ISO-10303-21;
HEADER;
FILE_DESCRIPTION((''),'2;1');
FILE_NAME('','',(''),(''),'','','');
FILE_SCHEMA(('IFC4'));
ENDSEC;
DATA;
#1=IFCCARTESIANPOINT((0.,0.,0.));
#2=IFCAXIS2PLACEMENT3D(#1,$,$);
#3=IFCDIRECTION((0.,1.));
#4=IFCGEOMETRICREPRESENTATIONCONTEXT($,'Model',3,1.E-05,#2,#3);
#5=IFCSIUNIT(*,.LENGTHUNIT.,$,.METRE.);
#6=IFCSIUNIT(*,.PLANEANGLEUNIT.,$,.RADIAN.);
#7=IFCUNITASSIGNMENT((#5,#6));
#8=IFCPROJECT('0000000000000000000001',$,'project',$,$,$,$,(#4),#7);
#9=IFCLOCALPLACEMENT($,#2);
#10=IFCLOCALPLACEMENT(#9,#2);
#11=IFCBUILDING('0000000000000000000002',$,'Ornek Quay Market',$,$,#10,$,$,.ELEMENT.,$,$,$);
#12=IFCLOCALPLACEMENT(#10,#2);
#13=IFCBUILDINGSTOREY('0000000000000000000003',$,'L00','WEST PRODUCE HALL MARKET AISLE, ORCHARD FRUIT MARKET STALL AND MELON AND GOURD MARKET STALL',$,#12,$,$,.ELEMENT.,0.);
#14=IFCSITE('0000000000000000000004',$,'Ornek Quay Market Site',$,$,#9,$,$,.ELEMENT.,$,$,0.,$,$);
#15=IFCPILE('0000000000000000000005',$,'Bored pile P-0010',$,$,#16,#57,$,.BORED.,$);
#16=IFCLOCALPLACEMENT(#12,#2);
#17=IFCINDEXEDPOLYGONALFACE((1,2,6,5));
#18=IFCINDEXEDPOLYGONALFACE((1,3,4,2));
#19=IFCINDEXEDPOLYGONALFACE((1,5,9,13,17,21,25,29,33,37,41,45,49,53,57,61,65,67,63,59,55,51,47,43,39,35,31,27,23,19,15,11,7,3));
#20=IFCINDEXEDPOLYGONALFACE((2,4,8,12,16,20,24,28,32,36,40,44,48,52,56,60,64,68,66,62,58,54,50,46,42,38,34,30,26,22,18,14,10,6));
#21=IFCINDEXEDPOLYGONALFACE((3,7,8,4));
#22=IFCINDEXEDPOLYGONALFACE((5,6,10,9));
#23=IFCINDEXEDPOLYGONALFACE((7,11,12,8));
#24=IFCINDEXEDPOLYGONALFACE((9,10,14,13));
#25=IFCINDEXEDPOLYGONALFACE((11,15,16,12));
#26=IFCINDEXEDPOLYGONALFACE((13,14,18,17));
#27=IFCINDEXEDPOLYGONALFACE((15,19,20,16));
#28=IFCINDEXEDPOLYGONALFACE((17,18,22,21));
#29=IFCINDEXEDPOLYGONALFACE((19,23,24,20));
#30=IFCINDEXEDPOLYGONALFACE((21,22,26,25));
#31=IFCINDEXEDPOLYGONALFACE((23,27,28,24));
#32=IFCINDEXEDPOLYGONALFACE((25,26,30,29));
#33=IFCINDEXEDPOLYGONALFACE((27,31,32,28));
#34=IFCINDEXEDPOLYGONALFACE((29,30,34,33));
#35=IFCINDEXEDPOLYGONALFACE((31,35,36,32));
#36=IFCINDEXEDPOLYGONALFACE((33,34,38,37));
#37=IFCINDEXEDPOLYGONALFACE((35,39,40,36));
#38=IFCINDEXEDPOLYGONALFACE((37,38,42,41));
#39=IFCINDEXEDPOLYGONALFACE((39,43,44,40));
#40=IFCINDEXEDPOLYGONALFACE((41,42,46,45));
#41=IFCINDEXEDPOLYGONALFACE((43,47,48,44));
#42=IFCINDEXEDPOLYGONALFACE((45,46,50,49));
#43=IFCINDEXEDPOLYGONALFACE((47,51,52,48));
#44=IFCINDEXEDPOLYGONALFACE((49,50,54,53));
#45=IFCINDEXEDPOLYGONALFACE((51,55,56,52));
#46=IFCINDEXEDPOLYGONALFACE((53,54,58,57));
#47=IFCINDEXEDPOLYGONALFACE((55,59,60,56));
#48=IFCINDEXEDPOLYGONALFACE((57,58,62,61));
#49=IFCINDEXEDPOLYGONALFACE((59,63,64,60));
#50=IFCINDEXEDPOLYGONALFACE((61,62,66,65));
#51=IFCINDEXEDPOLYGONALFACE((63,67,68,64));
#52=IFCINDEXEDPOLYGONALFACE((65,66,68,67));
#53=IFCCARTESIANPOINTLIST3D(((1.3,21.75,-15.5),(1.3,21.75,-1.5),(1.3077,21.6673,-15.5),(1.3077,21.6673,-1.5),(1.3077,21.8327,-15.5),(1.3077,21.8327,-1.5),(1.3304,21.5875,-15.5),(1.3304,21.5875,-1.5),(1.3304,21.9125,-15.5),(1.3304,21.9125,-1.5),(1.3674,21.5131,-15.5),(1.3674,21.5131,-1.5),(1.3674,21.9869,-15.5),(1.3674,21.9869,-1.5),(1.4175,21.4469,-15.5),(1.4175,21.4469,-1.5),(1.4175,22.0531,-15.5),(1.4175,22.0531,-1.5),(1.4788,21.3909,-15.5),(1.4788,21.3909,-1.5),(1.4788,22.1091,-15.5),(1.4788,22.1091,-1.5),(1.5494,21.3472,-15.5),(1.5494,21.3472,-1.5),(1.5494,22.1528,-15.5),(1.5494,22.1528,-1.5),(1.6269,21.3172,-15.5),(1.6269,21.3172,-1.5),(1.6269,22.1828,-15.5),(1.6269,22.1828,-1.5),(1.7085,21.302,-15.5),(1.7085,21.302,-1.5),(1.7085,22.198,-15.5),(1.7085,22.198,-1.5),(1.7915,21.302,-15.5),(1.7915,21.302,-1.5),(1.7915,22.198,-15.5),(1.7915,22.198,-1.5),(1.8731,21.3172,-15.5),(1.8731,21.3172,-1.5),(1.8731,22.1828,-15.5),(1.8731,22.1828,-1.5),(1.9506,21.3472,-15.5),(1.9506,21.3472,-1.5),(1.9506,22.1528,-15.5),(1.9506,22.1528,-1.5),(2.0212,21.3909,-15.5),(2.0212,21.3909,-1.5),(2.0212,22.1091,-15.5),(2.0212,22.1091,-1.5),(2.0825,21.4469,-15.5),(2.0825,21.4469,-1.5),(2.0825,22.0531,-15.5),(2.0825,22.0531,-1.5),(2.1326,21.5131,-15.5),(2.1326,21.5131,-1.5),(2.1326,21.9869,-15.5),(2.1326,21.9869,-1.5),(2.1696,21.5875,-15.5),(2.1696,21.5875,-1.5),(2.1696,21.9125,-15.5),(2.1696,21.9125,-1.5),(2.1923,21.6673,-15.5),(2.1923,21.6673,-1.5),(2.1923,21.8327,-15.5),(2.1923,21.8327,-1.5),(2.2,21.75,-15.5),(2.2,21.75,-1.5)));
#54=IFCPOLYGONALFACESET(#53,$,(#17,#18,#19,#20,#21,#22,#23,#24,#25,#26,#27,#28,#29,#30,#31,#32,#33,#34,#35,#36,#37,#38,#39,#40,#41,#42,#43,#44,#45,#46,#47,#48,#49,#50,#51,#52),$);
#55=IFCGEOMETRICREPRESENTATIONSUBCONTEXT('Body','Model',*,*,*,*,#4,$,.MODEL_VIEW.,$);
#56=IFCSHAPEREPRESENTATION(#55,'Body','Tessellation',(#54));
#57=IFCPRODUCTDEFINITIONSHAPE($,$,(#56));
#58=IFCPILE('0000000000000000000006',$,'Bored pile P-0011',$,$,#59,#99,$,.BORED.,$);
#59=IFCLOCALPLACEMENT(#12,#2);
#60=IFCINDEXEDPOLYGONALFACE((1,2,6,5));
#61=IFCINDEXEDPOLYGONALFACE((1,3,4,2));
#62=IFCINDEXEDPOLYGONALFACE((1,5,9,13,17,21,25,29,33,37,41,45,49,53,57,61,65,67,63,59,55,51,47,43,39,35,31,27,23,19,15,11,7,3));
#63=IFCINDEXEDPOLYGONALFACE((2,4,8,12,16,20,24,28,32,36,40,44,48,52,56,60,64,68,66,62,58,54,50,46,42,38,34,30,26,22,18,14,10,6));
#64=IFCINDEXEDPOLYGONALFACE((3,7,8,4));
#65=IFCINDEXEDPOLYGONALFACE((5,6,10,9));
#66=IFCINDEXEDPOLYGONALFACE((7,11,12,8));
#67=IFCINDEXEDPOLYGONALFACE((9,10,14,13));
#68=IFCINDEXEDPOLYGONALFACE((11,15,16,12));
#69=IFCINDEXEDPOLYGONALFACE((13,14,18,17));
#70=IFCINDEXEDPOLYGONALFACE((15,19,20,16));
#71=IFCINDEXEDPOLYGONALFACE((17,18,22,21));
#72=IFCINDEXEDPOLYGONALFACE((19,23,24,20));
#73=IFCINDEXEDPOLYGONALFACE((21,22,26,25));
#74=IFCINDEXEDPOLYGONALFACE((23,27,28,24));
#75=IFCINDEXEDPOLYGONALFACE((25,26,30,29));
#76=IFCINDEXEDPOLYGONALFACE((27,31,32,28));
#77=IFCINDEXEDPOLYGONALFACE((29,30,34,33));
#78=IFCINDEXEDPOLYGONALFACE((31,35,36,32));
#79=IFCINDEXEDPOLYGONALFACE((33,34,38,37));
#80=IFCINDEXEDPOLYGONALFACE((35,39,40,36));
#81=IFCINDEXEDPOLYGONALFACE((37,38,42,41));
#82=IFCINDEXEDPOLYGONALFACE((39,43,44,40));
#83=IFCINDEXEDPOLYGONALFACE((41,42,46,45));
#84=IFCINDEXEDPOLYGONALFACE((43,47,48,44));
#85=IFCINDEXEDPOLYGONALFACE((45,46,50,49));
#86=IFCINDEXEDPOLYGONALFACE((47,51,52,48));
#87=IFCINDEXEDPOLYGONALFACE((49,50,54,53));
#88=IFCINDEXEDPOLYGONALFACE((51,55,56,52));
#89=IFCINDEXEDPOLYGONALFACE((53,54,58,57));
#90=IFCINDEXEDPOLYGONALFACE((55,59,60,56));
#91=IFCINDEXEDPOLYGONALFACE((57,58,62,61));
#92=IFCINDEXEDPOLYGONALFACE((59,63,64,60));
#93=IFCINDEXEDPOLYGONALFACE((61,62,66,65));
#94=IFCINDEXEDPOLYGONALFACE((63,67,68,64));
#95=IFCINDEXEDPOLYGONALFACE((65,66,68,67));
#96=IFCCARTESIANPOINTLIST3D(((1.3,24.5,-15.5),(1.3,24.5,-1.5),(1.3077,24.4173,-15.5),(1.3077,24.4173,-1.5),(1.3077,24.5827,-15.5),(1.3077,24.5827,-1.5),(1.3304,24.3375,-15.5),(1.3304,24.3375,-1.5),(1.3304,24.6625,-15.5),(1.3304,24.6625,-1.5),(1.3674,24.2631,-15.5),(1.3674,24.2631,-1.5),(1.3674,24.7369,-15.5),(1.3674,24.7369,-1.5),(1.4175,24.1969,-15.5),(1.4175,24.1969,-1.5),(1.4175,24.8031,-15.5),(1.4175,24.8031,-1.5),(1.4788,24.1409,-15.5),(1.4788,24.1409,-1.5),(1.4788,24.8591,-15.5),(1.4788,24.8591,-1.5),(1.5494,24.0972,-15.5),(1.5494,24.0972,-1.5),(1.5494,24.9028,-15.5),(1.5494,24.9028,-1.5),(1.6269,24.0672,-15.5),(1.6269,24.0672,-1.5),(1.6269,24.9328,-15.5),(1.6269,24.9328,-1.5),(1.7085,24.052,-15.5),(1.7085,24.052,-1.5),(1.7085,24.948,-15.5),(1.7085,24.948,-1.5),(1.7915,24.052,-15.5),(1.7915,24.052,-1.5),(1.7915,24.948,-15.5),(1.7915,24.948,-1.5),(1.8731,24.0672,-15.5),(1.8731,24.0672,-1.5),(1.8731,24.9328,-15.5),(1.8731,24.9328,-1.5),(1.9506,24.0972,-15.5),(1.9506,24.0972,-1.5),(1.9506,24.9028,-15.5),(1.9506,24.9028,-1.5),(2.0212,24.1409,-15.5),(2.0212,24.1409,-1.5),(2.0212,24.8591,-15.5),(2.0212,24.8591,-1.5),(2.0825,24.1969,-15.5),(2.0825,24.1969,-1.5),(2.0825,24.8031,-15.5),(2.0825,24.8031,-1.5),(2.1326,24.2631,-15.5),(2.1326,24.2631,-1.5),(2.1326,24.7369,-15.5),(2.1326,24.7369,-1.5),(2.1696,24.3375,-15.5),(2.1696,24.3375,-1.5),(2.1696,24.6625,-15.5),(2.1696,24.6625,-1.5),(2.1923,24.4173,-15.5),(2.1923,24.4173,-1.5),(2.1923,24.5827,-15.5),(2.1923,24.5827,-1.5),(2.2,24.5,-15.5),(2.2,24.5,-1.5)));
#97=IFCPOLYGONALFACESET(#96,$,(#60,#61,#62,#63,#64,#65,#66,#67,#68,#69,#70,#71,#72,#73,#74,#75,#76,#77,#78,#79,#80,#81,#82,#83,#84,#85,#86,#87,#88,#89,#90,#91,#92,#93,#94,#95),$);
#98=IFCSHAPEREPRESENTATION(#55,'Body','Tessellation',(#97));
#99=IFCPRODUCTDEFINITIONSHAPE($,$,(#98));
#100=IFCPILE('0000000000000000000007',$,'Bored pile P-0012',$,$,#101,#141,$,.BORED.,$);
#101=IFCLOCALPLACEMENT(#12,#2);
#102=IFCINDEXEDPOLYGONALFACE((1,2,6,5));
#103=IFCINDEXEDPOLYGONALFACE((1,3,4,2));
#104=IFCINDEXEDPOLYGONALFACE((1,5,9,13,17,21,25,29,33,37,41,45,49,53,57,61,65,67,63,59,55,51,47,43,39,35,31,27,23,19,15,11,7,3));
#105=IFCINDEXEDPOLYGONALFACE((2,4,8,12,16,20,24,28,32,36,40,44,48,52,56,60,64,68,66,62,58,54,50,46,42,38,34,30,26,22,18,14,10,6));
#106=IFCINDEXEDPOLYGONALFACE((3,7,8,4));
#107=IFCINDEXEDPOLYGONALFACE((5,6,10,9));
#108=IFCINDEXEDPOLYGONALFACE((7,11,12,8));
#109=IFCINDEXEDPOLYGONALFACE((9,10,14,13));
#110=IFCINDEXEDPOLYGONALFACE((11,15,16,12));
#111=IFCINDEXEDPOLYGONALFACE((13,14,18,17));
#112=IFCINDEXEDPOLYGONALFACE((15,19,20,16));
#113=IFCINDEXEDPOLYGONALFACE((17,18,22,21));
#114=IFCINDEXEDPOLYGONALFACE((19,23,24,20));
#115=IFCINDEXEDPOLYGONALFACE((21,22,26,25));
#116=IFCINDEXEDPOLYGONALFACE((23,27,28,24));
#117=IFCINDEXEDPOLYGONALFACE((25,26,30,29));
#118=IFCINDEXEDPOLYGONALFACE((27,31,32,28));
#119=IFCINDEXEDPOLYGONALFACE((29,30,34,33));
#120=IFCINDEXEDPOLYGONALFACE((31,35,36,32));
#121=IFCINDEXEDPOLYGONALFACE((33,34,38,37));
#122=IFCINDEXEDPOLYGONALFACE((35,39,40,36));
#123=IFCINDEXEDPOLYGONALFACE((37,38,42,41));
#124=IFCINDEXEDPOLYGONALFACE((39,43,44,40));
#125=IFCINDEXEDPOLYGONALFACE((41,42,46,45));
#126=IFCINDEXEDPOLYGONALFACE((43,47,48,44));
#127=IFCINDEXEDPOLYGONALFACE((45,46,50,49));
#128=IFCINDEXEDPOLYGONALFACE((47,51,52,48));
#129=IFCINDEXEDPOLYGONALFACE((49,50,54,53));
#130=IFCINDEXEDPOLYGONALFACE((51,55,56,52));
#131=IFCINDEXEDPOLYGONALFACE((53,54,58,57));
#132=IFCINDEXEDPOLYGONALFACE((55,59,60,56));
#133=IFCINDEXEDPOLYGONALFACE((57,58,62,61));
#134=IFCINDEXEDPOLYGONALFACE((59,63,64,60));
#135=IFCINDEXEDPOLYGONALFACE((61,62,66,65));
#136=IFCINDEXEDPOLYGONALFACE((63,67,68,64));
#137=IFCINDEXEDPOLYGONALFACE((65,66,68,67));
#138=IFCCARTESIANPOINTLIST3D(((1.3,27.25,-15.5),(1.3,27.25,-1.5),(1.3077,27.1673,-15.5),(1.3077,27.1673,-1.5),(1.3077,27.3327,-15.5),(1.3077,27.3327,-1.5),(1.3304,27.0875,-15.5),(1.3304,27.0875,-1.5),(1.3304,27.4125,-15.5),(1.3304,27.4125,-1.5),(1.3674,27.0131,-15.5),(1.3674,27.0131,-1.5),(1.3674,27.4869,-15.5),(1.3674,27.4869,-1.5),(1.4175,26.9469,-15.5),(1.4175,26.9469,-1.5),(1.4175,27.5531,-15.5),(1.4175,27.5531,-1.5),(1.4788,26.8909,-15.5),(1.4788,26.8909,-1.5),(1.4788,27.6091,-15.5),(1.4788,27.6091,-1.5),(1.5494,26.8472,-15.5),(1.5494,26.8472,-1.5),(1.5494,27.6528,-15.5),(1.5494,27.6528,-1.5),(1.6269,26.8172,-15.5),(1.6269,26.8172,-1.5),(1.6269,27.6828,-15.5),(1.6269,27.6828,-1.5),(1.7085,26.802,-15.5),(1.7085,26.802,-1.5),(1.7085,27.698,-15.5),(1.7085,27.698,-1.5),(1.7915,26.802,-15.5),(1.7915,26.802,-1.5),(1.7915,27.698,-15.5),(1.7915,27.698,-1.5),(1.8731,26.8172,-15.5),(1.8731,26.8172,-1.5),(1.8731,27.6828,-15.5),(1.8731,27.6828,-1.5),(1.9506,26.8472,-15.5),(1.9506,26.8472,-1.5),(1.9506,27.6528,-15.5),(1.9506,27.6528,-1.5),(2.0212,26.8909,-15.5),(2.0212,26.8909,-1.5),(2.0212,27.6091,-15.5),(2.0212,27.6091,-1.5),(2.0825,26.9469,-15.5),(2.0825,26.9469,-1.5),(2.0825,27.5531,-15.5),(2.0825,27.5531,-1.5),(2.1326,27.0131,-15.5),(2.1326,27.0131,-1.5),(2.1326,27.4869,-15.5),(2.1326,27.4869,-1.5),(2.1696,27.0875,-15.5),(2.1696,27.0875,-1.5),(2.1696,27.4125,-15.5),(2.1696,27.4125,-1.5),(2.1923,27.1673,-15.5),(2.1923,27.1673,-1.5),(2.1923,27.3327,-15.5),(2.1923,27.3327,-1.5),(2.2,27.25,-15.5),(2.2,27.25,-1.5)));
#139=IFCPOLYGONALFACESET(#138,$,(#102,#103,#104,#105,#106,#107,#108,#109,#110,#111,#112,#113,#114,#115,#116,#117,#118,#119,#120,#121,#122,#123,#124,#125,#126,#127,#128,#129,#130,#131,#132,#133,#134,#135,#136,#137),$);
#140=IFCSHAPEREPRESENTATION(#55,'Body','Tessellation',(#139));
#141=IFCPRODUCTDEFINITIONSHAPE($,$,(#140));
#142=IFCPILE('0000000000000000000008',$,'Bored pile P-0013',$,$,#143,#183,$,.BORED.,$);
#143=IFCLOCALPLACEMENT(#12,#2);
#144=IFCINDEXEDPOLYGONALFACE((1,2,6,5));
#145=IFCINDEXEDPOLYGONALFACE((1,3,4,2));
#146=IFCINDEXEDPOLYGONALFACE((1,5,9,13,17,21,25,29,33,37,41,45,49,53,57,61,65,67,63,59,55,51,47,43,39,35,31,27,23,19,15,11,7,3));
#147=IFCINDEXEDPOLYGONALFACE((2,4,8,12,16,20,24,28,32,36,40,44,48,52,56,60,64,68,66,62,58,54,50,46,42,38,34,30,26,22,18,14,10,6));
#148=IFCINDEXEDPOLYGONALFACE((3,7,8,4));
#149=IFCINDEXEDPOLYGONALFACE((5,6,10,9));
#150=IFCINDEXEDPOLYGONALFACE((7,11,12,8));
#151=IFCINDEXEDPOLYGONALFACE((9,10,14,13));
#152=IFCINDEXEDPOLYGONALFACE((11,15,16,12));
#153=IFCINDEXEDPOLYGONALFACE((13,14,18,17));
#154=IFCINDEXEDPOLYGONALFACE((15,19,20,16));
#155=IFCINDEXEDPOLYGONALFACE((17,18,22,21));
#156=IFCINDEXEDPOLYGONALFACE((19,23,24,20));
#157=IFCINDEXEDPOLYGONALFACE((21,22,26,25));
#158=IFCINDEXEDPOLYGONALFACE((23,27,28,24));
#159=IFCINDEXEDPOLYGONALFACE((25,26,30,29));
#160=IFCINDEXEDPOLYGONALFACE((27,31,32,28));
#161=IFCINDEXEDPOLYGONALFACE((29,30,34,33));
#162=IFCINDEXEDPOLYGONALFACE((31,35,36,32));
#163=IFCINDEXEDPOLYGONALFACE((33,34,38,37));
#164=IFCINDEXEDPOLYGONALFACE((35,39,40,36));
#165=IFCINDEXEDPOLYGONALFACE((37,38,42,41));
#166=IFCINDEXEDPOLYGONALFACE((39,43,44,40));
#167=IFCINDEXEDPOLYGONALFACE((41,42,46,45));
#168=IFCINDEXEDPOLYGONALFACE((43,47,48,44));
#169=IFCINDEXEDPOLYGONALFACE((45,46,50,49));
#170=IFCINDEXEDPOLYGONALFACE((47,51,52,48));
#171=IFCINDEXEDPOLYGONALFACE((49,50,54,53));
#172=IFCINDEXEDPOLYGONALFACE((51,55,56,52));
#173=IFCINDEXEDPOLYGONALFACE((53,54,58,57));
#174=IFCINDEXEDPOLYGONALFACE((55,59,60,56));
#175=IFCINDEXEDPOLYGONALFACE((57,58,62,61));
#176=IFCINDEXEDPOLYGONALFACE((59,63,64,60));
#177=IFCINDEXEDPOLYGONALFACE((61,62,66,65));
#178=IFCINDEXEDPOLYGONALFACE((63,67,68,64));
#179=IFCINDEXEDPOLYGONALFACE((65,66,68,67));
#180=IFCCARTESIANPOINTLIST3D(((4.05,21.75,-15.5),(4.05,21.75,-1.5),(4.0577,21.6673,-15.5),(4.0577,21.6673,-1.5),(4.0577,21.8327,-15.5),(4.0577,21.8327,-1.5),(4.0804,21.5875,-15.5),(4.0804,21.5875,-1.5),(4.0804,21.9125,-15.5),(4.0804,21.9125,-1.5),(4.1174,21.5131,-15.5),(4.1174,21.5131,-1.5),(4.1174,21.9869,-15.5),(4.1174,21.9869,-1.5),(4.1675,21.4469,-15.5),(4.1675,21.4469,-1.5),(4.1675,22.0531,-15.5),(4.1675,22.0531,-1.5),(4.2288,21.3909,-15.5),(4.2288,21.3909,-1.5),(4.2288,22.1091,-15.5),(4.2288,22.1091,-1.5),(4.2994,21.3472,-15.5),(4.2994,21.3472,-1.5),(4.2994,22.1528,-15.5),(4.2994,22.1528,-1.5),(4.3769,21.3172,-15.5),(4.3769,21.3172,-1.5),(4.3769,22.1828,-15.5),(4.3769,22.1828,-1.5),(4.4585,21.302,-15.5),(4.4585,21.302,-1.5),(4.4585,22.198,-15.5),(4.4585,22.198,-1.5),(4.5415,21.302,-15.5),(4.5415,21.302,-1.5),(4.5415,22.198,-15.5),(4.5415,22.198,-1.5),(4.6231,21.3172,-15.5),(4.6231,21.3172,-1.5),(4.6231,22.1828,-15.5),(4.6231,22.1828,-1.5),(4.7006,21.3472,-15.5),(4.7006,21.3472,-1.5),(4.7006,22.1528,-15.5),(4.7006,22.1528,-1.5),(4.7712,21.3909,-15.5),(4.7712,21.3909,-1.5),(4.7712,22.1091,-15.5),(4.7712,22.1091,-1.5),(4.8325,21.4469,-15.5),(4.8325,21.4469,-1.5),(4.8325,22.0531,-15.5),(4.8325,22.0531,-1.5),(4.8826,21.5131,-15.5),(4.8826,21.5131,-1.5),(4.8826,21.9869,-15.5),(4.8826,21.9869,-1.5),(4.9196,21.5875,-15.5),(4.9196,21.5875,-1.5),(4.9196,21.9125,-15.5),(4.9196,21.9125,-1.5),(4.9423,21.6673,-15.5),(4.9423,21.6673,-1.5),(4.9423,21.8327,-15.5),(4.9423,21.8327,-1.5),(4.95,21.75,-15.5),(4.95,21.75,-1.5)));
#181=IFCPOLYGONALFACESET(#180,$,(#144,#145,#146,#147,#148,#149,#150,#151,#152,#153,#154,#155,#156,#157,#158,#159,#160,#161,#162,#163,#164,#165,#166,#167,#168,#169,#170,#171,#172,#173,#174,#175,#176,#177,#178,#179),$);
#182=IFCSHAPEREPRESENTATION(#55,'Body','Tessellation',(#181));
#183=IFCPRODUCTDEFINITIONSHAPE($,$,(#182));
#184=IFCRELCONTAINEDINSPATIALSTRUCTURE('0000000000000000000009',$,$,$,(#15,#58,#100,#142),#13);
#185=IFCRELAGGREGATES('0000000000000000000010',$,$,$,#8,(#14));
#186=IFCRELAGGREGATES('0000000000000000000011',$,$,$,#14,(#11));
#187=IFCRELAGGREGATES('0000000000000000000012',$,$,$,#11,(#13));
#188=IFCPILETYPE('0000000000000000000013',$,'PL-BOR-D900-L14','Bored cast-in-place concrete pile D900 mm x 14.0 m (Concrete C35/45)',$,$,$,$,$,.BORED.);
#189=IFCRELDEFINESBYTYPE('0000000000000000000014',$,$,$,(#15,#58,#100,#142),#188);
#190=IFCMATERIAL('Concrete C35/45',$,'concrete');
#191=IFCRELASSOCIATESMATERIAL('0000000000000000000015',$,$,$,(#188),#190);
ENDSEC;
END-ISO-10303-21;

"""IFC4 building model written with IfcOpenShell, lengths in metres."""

from ifc_helpers import new_model, si_unit, direction, frame, origin, origin_2d, place, context, subcontext, project, spatial, circle, extrude, material, material_profile, profile_set, type_object, element, save


model = new_model("IFC4")

# Units and contexts
model_context = context("Model", 3, precision=1e-05, world=origin(), true_north=direction((0.0, 1.0)))
body_context = subcontext(model_context, "Body", "Model", "MODEL_VIEW")
ifc_project = project(units=[si_unit("LENGTHUNIT", "METRE"), si_unit("PLANEANGLEUNIT", "RADIAN")], contexts=[model_context])

# Site, building, storey
site_placement = place(None, origin())
site = spatial("IfcSite", under=ifc_project, at=site_placement, Name="Ornek Quay Market Site", CompositionType="ELEMENT", RefElevation=0.0)
building_placement = place(site_placement, origin())
building = spatial("IfcBuilding", under=site, at=building_placement, Name="Ornek Quay Market", CompositionType="ELEMENT")
storey_placement = place(building_placement, origin())
storey = spatial("IfcBuildingStorey", under=building, at=storey_placement, Name="L00", Description="WEST PRODUCE HALL MARKET AISLE, ORCHARD FRUIT MARKET STALL AND MELON AND GOURD MARKET STALL", CompositionType="ELEMENT", Elevation=0.0)

# Piles
ifc_material_1 = material(Name="Concrete C35/45", Category="concrete")
ifc_material_profile_1 = material_profile(ifc_material_1, circle(Radius=0.45, at=origin_2d()), Name="PILE D900", Category="concrete")
ifc_profile_set_1 = profile_set([ifc_material_profile_1], Name="Concrete C35/45")
pile_type = type_object("IfcPileType", Name="PL-BOR-D900-L14", Description="Bored cast-in-place concrete pile D900 mm x 14.0 m (Concrete C35/45)", PredefinedType="BORED", material=ifc_profile_set_1)
for number, where, z_axis, x_axis, name in (
    (1, (1.75, 21.75, -1.5), (0.0, 0.0, -1.0), (1.0, 0.0, 0.0), "Bored pile P-0010"),
    (2, (1.75, 24.5, -1.5), (0.0, 0.0, -1.0), (1.0, 0.0, 0.0), "Bored pile P-0011"),
    (3, (1.75, 27.25, -1.5), (0.0, 0.0, -1.0), (1.0, 0.0, 0.0), "Bored pile P-0012"),
    (4, (4.5, 21.75, -1.5), (0.0, 0.0, -1.0), (1.0, 0.0, 0.0), "Bored pile P-0013"),
):
    element("IfcPile", number, at=place(storey_placement, frame(where, z_axis=z_axis, x_axis=x_axis)), inside=storey, type_object=pile_type, Name=name, PredefinedType="BORED", context=body_context, shape_type="SweptSolid", body=[
        extrude(circle(Radius=0.45, at=origin_2d()), origin(), (0.0, 0.0, 1.0), 14.0),
    ])

save(model, "model.ifc")
